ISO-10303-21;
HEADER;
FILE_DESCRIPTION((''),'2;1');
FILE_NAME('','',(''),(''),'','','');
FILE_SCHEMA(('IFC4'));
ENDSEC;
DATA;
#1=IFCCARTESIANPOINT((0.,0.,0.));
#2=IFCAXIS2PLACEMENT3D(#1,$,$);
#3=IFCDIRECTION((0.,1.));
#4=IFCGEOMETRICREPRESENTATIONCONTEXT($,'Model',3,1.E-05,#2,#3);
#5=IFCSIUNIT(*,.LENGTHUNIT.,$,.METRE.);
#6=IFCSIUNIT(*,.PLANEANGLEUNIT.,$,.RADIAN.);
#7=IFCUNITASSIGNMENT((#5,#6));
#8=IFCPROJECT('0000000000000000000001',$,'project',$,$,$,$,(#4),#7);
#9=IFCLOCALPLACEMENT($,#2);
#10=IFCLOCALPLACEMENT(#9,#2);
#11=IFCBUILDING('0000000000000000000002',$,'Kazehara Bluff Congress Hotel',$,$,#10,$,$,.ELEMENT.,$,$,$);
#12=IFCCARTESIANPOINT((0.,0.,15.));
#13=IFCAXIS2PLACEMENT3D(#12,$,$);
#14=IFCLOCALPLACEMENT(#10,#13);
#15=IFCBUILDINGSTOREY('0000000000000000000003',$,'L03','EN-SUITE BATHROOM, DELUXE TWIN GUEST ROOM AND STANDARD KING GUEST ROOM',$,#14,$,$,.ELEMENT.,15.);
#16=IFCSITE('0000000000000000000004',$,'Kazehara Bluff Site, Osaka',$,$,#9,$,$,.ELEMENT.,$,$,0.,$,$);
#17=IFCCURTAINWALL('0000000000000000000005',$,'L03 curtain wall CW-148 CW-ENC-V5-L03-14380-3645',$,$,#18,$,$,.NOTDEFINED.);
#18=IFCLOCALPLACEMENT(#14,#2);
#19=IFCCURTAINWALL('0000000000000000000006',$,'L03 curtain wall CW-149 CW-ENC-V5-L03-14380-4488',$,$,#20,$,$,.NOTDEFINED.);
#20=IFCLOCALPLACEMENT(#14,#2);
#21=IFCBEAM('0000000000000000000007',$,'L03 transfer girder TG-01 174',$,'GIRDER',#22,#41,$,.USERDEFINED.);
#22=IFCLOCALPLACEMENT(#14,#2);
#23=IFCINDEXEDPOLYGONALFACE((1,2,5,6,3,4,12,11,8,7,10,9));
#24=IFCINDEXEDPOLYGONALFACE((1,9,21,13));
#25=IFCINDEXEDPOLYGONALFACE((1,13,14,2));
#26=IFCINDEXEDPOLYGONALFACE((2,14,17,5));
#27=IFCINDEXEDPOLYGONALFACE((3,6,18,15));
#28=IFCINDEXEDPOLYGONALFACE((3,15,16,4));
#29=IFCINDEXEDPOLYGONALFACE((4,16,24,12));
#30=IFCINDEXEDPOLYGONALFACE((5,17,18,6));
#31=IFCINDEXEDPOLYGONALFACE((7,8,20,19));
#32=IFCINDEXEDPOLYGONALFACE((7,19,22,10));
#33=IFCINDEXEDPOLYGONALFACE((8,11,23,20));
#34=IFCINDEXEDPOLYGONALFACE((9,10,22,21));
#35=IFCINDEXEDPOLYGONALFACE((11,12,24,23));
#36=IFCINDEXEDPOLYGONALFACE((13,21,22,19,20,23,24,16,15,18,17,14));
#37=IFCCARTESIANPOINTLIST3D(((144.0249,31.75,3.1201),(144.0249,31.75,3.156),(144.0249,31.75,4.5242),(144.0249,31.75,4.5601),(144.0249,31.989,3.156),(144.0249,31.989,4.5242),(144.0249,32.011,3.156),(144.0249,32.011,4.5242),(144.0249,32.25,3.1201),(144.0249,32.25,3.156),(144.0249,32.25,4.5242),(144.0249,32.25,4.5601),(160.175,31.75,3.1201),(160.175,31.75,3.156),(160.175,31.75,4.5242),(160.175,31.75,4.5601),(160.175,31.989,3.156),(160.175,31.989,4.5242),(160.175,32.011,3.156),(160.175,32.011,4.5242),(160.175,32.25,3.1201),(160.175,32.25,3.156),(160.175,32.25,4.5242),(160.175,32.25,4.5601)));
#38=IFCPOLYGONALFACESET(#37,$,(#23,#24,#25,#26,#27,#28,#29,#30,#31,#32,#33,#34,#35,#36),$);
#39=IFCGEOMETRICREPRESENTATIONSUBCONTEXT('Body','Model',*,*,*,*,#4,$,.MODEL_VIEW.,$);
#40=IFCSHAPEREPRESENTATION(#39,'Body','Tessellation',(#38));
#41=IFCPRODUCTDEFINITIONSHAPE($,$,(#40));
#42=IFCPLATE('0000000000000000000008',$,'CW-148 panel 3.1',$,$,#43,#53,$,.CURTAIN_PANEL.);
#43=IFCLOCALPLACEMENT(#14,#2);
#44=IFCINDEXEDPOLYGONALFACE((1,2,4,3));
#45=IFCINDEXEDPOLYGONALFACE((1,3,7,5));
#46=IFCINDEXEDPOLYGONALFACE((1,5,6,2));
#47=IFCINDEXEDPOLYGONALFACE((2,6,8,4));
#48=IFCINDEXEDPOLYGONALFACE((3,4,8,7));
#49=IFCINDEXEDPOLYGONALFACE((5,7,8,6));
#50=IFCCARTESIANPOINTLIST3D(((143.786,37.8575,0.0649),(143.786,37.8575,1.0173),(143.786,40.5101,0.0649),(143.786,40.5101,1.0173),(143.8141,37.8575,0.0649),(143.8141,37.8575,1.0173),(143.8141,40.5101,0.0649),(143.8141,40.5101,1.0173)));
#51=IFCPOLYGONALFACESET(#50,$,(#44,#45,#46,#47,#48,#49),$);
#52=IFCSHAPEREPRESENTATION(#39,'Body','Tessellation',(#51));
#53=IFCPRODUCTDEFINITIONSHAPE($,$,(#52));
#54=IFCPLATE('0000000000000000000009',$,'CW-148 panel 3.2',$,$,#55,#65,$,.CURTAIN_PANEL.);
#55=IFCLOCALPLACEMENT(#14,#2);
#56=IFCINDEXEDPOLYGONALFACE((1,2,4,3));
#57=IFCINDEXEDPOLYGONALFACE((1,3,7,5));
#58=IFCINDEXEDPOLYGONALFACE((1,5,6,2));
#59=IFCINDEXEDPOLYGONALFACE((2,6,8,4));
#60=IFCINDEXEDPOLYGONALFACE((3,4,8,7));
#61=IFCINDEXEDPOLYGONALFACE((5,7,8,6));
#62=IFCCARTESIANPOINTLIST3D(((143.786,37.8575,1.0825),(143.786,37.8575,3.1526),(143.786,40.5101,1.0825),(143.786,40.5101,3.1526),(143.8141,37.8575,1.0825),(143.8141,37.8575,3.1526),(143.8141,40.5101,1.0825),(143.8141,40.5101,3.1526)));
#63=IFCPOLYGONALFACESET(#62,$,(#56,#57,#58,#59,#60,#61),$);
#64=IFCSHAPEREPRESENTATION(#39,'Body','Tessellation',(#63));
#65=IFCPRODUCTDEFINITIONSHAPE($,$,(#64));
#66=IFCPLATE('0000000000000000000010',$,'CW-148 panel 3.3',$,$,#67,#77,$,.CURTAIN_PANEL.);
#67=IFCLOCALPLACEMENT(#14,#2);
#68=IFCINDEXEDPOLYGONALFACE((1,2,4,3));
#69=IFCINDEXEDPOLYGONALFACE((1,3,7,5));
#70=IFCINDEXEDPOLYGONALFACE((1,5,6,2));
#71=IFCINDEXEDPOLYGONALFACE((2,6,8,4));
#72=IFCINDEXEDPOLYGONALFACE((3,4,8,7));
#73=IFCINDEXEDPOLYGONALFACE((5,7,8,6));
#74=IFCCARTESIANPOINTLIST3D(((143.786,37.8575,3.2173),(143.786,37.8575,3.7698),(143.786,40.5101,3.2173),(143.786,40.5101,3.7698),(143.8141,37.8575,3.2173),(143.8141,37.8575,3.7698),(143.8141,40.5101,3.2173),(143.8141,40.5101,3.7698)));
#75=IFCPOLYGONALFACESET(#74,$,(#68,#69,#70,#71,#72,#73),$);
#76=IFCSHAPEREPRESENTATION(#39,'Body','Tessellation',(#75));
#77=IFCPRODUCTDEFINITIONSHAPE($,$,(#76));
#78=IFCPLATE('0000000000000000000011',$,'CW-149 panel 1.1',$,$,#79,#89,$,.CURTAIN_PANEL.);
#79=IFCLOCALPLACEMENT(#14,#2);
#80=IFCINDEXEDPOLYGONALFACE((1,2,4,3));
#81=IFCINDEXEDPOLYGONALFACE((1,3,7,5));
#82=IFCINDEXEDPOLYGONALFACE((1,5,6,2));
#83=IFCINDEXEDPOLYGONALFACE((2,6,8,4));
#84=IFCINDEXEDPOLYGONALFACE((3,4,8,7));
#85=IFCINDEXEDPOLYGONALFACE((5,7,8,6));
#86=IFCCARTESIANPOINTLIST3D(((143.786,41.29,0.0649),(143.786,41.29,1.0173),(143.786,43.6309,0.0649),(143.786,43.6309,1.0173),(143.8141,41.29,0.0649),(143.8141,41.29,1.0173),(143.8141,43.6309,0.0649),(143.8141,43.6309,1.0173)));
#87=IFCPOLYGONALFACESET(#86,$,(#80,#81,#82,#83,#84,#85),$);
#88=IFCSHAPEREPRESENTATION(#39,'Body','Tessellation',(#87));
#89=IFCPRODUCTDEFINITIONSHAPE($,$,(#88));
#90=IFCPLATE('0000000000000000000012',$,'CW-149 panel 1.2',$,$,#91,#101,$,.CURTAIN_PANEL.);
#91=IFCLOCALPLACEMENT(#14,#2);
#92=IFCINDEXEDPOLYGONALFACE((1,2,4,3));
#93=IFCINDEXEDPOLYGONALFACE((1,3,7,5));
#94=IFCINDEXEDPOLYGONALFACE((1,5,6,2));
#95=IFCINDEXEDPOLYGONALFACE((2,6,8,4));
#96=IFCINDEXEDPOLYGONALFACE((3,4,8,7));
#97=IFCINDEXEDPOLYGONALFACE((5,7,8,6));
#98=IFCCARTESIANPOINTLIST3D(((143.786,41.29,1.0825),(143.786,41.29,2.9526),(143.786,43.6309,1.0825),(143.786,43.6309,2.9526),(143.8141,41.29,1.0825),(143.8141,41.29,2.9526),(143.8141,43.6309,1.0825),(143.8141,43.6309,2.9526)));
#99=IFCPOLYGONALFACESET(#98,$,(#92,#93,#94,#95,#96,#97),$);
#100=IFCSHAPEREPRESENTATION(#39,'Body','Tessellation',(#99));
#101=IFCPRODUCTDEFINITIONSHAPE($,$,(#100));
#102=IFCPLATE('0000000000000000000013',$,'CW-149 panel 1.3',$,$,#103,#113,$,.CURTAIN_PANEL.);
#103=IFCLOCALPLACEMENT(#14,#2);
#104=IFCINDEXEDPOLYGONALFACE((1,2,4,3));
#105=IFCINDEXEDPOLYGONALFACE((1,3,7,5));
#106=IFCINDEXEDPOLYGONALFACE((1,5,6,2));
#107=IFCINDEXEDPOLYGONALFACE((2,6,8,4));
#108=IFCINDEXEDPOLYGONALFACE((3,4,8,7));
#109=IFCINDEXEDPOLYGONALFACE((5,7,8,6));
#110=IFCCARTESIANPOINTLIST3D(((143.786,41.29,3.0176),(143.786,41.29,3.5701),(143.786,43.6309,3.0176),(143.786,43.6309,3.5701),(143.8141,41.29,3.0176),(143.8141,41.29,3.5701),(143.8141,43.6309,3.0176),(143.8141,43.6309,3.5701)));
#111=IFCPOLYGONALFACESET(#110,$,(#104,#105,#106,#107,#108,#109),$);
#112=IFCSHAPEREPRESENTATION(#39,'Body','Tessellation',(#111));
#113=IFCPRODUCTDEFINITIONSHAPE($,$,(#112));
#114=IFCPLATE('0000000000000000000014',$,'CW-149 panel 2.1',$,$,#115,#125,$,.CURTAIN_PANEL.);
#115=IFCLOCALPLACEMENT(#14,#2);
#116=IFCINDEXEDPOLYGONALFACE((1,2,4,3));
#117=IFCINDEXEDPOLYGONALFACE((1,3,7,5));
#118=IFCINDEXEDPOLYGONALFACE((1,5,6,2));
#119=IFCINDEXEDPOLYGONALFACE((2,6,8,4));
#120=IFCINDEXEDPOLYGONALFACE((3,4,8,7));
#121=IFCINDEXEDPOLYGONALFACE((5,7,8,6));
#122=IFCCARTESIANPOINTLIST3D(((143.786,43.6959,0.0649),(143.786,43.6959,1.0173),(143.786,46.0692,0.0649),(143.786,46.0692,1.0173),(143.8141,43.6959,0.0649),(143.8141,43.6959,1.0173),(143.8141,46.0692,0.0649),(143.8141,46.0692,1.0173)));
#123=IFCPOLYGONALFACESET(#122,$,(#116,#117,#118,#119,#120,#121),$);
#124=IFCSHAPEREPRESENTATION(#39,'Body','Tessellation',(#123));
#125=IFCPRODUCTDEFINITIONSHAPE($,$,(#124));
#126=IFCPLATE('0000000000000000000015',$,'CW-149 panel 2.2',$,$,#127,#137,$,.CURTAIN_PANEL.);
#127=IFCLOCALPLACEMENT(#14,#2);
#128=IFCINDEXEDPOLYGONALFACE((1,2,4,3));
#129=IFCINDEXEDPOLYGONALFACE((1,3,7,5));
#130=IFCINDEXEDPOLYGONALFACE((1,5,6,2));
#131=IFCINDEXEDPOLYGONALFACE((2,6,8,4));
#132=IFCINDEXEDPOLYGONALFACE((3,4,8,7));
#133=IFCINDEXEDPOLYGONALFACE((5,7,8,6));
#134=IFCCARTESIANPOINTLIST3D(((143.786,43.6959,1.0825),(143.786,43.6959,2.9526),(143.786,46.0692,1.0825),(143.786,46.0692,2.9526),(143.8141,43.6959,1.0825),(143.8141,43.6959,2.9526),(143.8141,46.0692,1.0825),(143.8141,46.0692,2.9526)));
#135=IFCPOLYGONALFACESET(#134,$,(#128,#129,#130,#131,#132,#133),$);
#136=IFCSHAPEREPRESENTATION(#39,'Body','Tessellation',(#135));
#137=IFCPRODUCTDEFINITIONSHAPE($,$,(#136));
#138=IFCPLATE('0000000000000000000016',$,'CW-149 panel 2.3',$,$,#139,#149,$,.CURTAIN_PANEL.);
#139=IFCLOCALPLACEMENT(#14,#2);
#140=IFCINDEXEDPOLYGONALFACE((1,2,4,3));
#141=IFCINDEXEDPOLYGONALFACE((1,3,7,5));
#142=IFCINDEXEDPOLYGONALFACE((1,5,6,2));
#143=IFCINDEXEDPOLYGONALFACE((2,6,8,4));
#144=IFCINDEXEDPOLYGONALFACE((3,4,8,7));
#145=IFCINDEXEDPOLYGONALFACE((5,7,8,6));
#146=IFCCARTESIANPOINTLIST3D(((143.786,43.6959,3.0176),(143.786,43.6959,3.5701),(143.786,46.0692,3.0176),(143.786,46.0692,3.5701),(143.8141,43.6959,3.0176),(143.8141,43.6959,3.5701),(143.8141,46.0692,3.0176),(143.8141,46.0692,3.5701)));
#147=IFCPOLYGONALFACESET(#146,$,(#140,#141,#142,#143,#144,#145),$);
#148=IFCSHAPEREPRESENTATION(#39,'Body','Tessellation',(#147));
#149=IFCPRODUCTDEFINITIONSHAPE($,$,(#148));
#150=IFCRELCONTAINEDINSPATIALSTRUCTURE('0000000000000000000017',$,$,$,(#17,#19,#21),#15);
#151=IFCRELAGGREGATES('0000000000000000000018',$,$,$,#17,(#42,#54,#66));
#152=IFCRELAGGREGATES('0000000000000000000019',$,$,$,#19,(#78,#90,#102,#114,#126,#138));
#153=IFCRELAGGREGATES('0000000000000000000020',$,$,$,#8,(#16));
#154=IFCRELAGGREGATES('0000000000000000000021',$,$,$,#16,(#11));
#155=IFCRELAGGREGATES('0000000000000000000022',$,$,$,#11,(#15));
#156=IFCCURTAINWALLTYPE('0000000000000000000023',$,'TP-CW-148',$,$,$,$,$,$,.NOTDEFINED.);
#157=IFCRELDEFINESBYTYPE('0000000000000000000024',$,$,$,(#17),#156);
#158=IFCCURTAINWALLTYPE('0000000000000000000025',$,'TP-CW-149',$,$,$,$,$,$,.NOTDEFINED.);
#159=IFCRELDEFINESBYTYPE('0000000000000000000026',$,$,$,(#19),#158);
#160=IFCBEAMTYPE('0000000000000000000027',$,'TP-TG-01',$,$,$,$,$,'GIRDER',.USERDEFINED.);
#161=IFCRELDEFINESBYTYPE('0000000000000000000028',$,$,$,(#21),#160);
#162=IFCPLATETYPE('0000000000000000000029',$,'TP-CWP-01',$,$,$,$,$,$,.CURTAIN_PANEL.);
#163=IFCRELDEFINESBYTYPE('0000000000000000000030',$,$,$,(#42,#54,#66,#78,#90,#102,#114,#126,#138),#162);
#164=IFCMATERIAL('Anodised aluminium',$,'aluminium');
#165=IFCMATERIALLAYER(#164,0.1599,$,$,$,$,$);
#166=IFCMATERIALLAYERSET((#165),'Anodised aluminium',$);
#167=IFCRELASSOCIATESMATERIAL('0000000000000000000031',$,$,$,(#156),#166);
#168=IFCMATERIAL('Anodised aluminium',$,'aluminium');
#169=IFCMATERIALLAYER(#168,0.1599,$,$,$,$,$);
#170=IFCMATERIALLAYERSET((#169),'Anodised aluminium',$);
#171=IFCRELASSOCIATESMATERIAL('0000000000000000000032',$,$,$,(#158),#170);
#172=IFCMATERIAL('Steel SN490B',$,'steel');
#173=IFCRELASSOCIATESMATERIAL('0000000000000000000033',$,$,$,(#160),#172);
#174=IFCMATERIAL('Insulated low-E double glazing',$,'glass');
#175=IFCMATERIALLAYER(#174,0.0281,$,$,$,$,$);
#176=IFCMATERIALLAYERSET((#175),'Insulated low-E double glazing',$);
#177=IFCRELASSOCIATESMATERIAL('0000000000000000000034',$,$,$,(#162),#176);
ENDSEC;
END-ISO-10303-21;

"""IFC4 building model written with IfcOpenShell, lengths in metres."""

from ifc_helpers import new_model, si_unit, direction, frame, origin, origin_2d, place, context, subcontext, project, spatial, rectangle, i_section, extrude, material, layer, layer_set, material_profile, profile_set, type_object, element, aggregate, save


model = new_model("IFC4")

# Units and contexts
model_context = context("Model", 3, precision=1e-05, world=origin(), true_north=direction((0.0, 1.0)))
body_context = subcontext(model_context, "Body", "Model", "MODEL_VIEW")
ifc_project = project(units=[si_unit("LENGTHUNIT", "METRE"), si_unit("PLANEANGLEUNIT", "RADIAN")], contexts=[model_context])

# Site, building, storey
site_placement = place(None, origin())
site = spatial("IfcSite", under=ifc_project, at=site_placement, Name="Kazehara Bluff Site, Osaka", CompositionType="ELEMENT", RefElevation=0.0)
building_placement = place(site_placement, origin())
building = spatial("IfcBuilding", under=site, at=building_placement, Name="Kazehara Bluff Congress Hotel", CompositionType="ELEMENT")
storey_placement = place(building_placement, frame((0.0, 0.0, 15.0)))
storey = spatial("IfcBuildingStorey", under=building, at=storey_placement, Name="L03", Description="EN-SUITE BATHROOM, DELUXE TWIN GUEST ROOM AND STANDARD KING GUEST ROOM", CompositionType="ELEMENT", Elevation=15.0)

# Curtain walls
ifc_material_1 = material(Name="Anodised aluminium", Category="aluminium")
ifc_layer_1 = layer(ifc_material_1, 0.1599)
ifc_layer_set_1 = layer_set([ifc_layer_1], Name="Anodised aluminium")
curtain_wall_type_1 = type_object("IfcCurtainWallType", Name="TP-CW-148", PredefinedType="NOTDEFINED", material=ifc_layer_set_1)
curtain_wall_1_placement = place(storey_placement, origin())
curtain_wall_1 = element("IfcCurtainWall", 1, at=curtain_wall_1_placement, inside=storey, type_object=curtain_wall_type_1, Name="L03 curtain wall CW-148 CW-ENC-V5-L03-14380-3645", PredefinedType="NOTDEFINED")
ifc_material_2 = material(Name="Anodised aluminium", Category="aluminium")
ifc_layer_2 = layer(ifc_material_2, 0.1599)
ifc_layer_set_2 = layer_set([ifc_layer_2], Name="Anodised aluminium")
curtain_wall_type_2 = type_object("IfcCurtainWallType", Name="TP-CW-149", PredefinedType="NOTDEFINED", material=ifc_layer_set_2)
curtain_wall_2_placement = place(storey_placement, origin())
curtain_wall_2 = element("IfcCurtainWall", 2, at=curtain_wall_2_placement, inside=storey, type_object=curtain_wall_type_2, Name="L03 curtain wall CW-149 CW-ENC-V5-L03-14380-4488", PredefinedType="NOTDEFINED")

# Beam
ifc_material_3 = material(Name="Steel SN490B", Category="steel")
ifc_material_profile_1 = material_profile(ifc_material_3, i_section(OverallWidth=0.5, OverallDepth=1.4399, WebThickness=0.022, FlangeThickness=0.0359, at=origin_2d()))
ifc_profile_set_1 = profile_set([ifc_material_profile_1], Name="Steel SN490B")
beam_type_1 = type_object("IfcBeamType", Name="TP-TG-01", ElementType="GIRDER", PredefinedType="USERDEFINED", material=ifc_profile_set_1)
beam_1_placement = place(storey_placement, frame((144.0249, 32.0, 3.8401), z_axis=(1.0, 0.0, 0.0), x_axis=(0.0, 1.0, 0.0)))
element("IfcBeam", 3, at=beam_1_placement, inside=storey, type_object=beam_type_1, Name="L03 transfer girder TG-01 174", ObjectType="GIRDER", PredefinedType="USERDEFINED", context=body_context, shape_type="SweptSolid", body=[
    extrude(i_section(OverallWidth=0.5, OverallDepth=1.4399, WebThickness=0.022, FlangeThickness=0.0359, at=origin_2d()), origin(), (0.0, 0.0, 1.0), 16.1501),
])

# Plates
ifc_material_4 = material(Name="Insulated low-E double glazing", Category="glass")
ifc_layer_3 = layer(ifc_material_4, 0.0281)
ifc_layer_set_3 = layer_set([ifc_layer_3], Name="Insulated low-E double glazing")
plate_type = type_object("IfcPlateType", Name="TP-CWP-01", PredefinedType="CURTAIN_PANEL", material=ifc_layer_set_3)
plate_1_placement = place(storey_placement, frame((143.8, 39.1838, 0.0649), z_axis=(0.0, 0.0, 1.0), x_axis=(0.0, 1.0, 0.0)))
plate_1 = element("IfcPlate", 4, at=plate_1_placement, type_object=plate_type, Name="CW-148 panel 3.1", PredefinedType="CURTAIN_PANEL", context=body_context, shape_type="SweptSolid", body=[
    extrude(rectangle(XDim=2.6526, YDim=0.0281, at=origin_2d()), origin(), (0.0, 0.0, 1.0), 0.9524),
])
plate_2_placement = place(storey_placement, frame((143.8, 39.1838, 1.0825), z_axis=(0.0, 0.0, 1.0), x_axis=(0.0, 1.0, 0.0)))
plate_2 = element("IfcPlate", 5, at=plate_2_placement, type_object=plate_type, Name="CW-148 panel 3.2", PredefinedType="CURTAIN_PANEL", context=body_context, shape_type="SweptSolid", body=[
    extrude(rectangle(XDim=2.6526, YDim=0.0281, at=origin_2d()), origin(), (0.0, 0.0, 1.0), 2.0701),
])
plate_3_placement = place(storey_placement, frame((143.8, 39.1838, 3.2173), z_axis=(0.0, 0.0, 1.0), x_axis=(0.0, 1.0, 0.0)))
plate_3 = element("IfcPlate", 6, at=plate_3_placement, type_object=plate_type, Name="CW-148 panel 3.3", PredefinedType="CURTAIN_PANEL", context=body_context, shape_type="SweptSolid", body=[
    extrude(rectangle(XDim=2.6526, YDim=0.0281, at=origin_2d()), origin(), (0.0, 0.0, 1.0), 0.5525),
])
aggregate(curtain_wall_1, [plate_1, plate_2, plate_3])
plate_4_placement = place(storey_placement, frame((143.8, 42.4604, 0.0649), z_axis=(0.0, 0.0, 1.0), x_axis=(0.0, 1.0, 0.0)))
plate_4 = element("IfcPlate", 7, at=plate_4_placement, type_object=plate_type, Name="CW-149 panel 1.1", PredefinedType="CURTAIN_PANEL", context=body_context, shape_type="SweptSolid", body=[
    extrude(rectangle(XDim=2.3408, YDim=0.0281, at=origin_2d()), origin(), (0.0, 0.0, 1.0), 0.9524),
])
plate_5_placement = place(storey_placement, frame((143.8, 42.4604, 1.0825), z_axis=(0.0, 0.0, 1.0), x_axis=(0.0, 1.0, 0.0)))
plate_5 = element("IfcPlate", 8, at=plate_5_placement, type_object=plate_type, Name="CW-149 panel 1.2", PredefinedType="CURTAIN_PANEL", context=body_context, shape_type="SweptSolid", body=[
    extrude(rectangle(XDim=2.3408, YDim=0.0281, at=origin_2d()), origin(), (0.0, 0.0, 1.0), 1.8701),
])
plate_6_placement = place(storey_placement, frame((143.8, 42.4604, 3.0176), z_axis=(0.0, 0.0, 1.0), x_axis=(0.0, 1.0, 0.0)))
plate_6 = element("IfcPlate", 9, at=plate_6_placement, type_object=plate_type, Name="CW-149 panel 1.3", PredefinedType="CURTAIN_PANEL", context=body_context, shape_type="SweptSolid", body=[
    extrude(rectangle(XDim=2.3408, YDim=0.0281, at=origin_2d()), origin(), (0.0, 0.0, 1.0), 0.5525),
])
plate_7_placement = place(storey_placement, frame((143.8, 44.8826, 0.0649), z_axis=(0.0, 0.0, 1.0), x_axis=(0.0, 1.0, 0.0)))
plate_7 = element("IfcPlate", 10, at=plate_7_placement, type_object=plate_type, Name="CW-149 panel 2.1", PredefinedType="CURTAIN_PANEL", context=body_context, shape_type="SweptSolid", body=[
    extrude(rectangle(XDim=2.3733, YDim=0.0281, at=origin_2d()), origin(), (0.0, 0.0, 1.0), 0.9524),
])
plate_8_placement = place(storey_placement, frame((143.8, 44.8826, 1.0825), z_axis=(0.0, 0.0, 1.0), x_axis=(0.0, 1.0, 0.0)))
plate_8 = element("IfcPlate", 11, at=plate_8_placement, type_object=plate_type, Name="CW-149 panel 2.2", PredefinedType="CURTAIN_PANEL", context=body_context, shape_type="SweptSolid", body=[
    extrude(rectangle(XDim=2.3733, YDim=0.0281, at=origin_2d()), origin(), (0.0, 0.0, 1.0), 1.8701),
])
plate_9_placement = place(storey_placement, frame((143.8, 44.8826, 3.0176), z_axis=(0.0, 0.0, 1.0), x_axis=(0.0, 1.0, 0.0)))
plate_9 = element("IfcPlate", 12, at=plate_9_placement, type_object=plate_type, Name="CW-149 panel 2.3", PredefinedType="CURTAIN_PANEL", context=body_context, shape_type="SweptSolid", body=[
    extrude(rectangle(XDim=2.3733, YDim=0.0281, at=origin_2d()), origin(), (0.0, 0.0, 1.0), 0.5525),
])
aggregate(curtain_wall_2, [plate_4, plate_5, plate_6, plate_7, plate_8, plate_9])

save(model, "model.ifc")
